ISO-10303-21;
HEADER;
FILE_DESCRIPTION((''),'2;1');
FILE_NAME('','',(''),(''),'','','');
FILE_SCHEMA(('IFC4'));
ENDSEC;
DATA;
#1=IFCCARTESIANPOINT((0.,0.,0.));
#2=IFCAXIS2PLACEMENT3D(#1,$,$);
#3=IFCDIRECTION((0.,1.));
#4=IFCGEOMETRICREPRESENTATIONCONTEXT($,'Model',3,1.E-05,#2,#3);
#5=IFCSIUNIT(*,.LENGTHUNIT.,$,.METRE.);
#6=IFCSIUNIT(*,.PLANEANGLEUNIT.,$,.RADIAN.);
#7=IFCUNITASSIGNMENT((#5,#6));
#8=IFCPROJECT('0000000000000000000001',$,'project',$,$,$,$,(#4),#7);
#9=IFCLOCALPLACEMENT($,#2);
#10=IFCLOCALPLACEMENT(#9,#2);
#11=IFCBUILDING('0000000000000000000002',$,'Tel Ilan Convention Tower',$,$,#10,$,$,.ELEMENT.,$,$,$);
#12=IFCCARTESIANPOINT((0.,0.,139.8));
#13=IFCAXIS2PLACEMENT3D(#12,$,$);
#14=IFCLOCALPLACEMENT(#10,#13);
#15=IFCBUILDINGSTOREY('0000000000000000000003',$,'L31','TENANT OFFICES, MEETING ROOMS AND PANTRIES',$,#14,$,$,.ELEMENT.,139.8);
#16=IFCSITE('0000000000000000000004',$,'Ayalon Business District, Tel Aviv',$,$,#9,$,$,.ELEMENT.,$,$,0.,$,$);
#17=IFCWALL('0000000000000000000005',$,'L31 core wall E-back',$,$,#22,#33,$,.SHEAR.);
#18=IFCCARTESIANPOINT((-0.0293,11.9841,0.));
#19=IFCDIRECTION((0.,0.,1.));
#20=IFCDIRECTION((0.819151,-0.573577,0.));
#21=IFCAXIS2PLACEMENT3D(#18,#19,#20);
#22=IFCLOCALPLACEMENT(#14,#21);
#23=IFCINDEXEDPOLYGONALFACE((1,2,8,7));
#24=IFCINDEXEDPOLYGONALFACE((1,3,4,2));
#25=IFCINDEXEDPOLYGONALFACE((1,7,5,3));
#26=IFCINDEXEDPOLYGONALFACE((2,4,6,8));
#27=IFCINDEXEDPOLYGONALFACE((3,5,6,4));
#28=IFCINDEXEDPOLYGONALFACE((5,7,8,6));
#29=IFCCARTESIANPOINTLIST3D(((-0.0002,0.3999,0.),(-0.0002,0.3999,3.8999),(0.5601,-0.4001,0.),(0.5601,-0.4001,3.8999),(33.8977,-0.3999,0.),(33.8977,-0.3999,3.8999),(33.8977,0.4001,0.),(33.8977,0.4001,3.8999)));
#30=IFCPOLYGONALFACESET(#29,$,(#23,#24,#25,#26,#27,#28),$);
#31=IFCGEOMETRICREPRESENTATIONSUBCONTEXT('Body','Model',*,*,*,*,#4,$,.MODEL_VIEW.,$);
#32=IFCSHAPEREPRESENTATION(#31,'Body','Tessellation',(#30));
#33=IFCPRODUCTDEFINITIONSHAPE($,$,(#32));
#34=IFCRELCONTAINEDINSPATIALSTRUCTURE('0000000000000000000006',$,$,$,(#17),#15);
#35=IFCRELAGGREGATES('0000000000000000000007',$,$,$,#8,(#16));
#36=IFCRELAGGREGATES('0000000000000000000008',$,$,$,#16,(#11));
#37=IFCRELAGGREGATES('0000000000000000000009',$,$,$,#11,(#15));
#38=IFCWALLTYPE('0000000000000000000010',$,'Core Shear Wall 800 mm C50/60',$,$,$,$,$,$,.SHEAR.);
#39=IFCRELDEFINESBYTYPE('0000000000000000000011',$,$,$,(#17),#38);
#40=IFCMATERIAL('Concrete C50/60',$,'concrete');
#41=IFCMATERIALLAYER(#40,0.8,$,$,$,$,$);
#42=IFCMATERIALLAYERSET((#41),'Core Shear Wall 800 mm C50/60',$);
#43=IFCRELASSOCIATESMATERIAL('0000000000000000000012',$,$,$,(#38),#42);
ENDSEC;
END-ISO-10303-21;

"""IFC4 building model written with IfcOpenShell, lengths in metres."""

from ifc_helpers import new_model, si_unit, direction, frame, origin, place, context, subcontext, project, spatial, polyline, outline, extrude, material, layer, layer_set, type_object, element, save


model = new_model("IFC4")

# Units and contexts
model_context = context("Model", 3, precision=1e-05, world=origin(), true_north=direction((0.0, 1.0)))
body_context = subcontext(model_context, "Body", "Model", "MODEL_VIEW")
ifc_project = project(units=[si_unit("LENGTHUNIT", "METRE"), si_unit("PLANEANGLEUNIT", "RADIAN")], contexts=[model_context])

# Site, building, storey
site_placement = place(None, origin())
site = spatial("IfcSite", under=ifc_project, at=site_placement, Name="Ayalon Business District, Tel Aviv", CompositionType="ELEMENT", RefElevation=0.0)
building_placement = place(site_placement, origin())
building = spatial("IfcBuilding", under=site, at=building_placement, Name="Tel Ilan Convention Tower", CompositionType="ELEMENT")
storey_placement = place(building_placement, frame((0.0, 0.0, 139.8)))
storey = spatial("IfcBuildingStorey", under=building, at=storey_placement, Name="L31", Description="TENANT OFFICES, MEETING ROOMS AND PANTRIES", CompositionType="ELEMENT", Elevation=139.8)

# Wall
ifc_material_1 = material(Name="Concrete C50/60", Category="concrete")
ifc_layer_1 = layer(ifc_material_1, 0.8)
ifc_layer_set_1 = layer_set([ifc_layer_1], Name="Core Shear Wall 800 mm C50/60")
wall_type_1 = type_object("IfcWallType", Name="Core Shear Wall 800 mm C50/60", PredefinedType="SHEAR", material=ifc_layer_set_1)
wall_1_placement = place(storey_placement, frame((-0.0293, 11.9841, 0.0), z_axis=(0.0, 0.0, 1.0), x_axis=(0.819151, -0.573577, 0.0)))
element("IfcWall", 1, at=wall_1_placement, inside=storey, type_object=wall_type_1, Name="L31 core wall E-back", PredefinedType="SHEAR", context=body_context, shape_type="SweptSolid", body=[
    extrude(outline(polyline([(33.8977, 0.4001), (-0.0002, 0.3999), (0.5601, -0.4001), (33.8977, -0.3999), (33.8977, 0.4001)])), origin(), (0.0, 0.0, 1.0), 3.8999),
])

save(model, "model.ifc")
